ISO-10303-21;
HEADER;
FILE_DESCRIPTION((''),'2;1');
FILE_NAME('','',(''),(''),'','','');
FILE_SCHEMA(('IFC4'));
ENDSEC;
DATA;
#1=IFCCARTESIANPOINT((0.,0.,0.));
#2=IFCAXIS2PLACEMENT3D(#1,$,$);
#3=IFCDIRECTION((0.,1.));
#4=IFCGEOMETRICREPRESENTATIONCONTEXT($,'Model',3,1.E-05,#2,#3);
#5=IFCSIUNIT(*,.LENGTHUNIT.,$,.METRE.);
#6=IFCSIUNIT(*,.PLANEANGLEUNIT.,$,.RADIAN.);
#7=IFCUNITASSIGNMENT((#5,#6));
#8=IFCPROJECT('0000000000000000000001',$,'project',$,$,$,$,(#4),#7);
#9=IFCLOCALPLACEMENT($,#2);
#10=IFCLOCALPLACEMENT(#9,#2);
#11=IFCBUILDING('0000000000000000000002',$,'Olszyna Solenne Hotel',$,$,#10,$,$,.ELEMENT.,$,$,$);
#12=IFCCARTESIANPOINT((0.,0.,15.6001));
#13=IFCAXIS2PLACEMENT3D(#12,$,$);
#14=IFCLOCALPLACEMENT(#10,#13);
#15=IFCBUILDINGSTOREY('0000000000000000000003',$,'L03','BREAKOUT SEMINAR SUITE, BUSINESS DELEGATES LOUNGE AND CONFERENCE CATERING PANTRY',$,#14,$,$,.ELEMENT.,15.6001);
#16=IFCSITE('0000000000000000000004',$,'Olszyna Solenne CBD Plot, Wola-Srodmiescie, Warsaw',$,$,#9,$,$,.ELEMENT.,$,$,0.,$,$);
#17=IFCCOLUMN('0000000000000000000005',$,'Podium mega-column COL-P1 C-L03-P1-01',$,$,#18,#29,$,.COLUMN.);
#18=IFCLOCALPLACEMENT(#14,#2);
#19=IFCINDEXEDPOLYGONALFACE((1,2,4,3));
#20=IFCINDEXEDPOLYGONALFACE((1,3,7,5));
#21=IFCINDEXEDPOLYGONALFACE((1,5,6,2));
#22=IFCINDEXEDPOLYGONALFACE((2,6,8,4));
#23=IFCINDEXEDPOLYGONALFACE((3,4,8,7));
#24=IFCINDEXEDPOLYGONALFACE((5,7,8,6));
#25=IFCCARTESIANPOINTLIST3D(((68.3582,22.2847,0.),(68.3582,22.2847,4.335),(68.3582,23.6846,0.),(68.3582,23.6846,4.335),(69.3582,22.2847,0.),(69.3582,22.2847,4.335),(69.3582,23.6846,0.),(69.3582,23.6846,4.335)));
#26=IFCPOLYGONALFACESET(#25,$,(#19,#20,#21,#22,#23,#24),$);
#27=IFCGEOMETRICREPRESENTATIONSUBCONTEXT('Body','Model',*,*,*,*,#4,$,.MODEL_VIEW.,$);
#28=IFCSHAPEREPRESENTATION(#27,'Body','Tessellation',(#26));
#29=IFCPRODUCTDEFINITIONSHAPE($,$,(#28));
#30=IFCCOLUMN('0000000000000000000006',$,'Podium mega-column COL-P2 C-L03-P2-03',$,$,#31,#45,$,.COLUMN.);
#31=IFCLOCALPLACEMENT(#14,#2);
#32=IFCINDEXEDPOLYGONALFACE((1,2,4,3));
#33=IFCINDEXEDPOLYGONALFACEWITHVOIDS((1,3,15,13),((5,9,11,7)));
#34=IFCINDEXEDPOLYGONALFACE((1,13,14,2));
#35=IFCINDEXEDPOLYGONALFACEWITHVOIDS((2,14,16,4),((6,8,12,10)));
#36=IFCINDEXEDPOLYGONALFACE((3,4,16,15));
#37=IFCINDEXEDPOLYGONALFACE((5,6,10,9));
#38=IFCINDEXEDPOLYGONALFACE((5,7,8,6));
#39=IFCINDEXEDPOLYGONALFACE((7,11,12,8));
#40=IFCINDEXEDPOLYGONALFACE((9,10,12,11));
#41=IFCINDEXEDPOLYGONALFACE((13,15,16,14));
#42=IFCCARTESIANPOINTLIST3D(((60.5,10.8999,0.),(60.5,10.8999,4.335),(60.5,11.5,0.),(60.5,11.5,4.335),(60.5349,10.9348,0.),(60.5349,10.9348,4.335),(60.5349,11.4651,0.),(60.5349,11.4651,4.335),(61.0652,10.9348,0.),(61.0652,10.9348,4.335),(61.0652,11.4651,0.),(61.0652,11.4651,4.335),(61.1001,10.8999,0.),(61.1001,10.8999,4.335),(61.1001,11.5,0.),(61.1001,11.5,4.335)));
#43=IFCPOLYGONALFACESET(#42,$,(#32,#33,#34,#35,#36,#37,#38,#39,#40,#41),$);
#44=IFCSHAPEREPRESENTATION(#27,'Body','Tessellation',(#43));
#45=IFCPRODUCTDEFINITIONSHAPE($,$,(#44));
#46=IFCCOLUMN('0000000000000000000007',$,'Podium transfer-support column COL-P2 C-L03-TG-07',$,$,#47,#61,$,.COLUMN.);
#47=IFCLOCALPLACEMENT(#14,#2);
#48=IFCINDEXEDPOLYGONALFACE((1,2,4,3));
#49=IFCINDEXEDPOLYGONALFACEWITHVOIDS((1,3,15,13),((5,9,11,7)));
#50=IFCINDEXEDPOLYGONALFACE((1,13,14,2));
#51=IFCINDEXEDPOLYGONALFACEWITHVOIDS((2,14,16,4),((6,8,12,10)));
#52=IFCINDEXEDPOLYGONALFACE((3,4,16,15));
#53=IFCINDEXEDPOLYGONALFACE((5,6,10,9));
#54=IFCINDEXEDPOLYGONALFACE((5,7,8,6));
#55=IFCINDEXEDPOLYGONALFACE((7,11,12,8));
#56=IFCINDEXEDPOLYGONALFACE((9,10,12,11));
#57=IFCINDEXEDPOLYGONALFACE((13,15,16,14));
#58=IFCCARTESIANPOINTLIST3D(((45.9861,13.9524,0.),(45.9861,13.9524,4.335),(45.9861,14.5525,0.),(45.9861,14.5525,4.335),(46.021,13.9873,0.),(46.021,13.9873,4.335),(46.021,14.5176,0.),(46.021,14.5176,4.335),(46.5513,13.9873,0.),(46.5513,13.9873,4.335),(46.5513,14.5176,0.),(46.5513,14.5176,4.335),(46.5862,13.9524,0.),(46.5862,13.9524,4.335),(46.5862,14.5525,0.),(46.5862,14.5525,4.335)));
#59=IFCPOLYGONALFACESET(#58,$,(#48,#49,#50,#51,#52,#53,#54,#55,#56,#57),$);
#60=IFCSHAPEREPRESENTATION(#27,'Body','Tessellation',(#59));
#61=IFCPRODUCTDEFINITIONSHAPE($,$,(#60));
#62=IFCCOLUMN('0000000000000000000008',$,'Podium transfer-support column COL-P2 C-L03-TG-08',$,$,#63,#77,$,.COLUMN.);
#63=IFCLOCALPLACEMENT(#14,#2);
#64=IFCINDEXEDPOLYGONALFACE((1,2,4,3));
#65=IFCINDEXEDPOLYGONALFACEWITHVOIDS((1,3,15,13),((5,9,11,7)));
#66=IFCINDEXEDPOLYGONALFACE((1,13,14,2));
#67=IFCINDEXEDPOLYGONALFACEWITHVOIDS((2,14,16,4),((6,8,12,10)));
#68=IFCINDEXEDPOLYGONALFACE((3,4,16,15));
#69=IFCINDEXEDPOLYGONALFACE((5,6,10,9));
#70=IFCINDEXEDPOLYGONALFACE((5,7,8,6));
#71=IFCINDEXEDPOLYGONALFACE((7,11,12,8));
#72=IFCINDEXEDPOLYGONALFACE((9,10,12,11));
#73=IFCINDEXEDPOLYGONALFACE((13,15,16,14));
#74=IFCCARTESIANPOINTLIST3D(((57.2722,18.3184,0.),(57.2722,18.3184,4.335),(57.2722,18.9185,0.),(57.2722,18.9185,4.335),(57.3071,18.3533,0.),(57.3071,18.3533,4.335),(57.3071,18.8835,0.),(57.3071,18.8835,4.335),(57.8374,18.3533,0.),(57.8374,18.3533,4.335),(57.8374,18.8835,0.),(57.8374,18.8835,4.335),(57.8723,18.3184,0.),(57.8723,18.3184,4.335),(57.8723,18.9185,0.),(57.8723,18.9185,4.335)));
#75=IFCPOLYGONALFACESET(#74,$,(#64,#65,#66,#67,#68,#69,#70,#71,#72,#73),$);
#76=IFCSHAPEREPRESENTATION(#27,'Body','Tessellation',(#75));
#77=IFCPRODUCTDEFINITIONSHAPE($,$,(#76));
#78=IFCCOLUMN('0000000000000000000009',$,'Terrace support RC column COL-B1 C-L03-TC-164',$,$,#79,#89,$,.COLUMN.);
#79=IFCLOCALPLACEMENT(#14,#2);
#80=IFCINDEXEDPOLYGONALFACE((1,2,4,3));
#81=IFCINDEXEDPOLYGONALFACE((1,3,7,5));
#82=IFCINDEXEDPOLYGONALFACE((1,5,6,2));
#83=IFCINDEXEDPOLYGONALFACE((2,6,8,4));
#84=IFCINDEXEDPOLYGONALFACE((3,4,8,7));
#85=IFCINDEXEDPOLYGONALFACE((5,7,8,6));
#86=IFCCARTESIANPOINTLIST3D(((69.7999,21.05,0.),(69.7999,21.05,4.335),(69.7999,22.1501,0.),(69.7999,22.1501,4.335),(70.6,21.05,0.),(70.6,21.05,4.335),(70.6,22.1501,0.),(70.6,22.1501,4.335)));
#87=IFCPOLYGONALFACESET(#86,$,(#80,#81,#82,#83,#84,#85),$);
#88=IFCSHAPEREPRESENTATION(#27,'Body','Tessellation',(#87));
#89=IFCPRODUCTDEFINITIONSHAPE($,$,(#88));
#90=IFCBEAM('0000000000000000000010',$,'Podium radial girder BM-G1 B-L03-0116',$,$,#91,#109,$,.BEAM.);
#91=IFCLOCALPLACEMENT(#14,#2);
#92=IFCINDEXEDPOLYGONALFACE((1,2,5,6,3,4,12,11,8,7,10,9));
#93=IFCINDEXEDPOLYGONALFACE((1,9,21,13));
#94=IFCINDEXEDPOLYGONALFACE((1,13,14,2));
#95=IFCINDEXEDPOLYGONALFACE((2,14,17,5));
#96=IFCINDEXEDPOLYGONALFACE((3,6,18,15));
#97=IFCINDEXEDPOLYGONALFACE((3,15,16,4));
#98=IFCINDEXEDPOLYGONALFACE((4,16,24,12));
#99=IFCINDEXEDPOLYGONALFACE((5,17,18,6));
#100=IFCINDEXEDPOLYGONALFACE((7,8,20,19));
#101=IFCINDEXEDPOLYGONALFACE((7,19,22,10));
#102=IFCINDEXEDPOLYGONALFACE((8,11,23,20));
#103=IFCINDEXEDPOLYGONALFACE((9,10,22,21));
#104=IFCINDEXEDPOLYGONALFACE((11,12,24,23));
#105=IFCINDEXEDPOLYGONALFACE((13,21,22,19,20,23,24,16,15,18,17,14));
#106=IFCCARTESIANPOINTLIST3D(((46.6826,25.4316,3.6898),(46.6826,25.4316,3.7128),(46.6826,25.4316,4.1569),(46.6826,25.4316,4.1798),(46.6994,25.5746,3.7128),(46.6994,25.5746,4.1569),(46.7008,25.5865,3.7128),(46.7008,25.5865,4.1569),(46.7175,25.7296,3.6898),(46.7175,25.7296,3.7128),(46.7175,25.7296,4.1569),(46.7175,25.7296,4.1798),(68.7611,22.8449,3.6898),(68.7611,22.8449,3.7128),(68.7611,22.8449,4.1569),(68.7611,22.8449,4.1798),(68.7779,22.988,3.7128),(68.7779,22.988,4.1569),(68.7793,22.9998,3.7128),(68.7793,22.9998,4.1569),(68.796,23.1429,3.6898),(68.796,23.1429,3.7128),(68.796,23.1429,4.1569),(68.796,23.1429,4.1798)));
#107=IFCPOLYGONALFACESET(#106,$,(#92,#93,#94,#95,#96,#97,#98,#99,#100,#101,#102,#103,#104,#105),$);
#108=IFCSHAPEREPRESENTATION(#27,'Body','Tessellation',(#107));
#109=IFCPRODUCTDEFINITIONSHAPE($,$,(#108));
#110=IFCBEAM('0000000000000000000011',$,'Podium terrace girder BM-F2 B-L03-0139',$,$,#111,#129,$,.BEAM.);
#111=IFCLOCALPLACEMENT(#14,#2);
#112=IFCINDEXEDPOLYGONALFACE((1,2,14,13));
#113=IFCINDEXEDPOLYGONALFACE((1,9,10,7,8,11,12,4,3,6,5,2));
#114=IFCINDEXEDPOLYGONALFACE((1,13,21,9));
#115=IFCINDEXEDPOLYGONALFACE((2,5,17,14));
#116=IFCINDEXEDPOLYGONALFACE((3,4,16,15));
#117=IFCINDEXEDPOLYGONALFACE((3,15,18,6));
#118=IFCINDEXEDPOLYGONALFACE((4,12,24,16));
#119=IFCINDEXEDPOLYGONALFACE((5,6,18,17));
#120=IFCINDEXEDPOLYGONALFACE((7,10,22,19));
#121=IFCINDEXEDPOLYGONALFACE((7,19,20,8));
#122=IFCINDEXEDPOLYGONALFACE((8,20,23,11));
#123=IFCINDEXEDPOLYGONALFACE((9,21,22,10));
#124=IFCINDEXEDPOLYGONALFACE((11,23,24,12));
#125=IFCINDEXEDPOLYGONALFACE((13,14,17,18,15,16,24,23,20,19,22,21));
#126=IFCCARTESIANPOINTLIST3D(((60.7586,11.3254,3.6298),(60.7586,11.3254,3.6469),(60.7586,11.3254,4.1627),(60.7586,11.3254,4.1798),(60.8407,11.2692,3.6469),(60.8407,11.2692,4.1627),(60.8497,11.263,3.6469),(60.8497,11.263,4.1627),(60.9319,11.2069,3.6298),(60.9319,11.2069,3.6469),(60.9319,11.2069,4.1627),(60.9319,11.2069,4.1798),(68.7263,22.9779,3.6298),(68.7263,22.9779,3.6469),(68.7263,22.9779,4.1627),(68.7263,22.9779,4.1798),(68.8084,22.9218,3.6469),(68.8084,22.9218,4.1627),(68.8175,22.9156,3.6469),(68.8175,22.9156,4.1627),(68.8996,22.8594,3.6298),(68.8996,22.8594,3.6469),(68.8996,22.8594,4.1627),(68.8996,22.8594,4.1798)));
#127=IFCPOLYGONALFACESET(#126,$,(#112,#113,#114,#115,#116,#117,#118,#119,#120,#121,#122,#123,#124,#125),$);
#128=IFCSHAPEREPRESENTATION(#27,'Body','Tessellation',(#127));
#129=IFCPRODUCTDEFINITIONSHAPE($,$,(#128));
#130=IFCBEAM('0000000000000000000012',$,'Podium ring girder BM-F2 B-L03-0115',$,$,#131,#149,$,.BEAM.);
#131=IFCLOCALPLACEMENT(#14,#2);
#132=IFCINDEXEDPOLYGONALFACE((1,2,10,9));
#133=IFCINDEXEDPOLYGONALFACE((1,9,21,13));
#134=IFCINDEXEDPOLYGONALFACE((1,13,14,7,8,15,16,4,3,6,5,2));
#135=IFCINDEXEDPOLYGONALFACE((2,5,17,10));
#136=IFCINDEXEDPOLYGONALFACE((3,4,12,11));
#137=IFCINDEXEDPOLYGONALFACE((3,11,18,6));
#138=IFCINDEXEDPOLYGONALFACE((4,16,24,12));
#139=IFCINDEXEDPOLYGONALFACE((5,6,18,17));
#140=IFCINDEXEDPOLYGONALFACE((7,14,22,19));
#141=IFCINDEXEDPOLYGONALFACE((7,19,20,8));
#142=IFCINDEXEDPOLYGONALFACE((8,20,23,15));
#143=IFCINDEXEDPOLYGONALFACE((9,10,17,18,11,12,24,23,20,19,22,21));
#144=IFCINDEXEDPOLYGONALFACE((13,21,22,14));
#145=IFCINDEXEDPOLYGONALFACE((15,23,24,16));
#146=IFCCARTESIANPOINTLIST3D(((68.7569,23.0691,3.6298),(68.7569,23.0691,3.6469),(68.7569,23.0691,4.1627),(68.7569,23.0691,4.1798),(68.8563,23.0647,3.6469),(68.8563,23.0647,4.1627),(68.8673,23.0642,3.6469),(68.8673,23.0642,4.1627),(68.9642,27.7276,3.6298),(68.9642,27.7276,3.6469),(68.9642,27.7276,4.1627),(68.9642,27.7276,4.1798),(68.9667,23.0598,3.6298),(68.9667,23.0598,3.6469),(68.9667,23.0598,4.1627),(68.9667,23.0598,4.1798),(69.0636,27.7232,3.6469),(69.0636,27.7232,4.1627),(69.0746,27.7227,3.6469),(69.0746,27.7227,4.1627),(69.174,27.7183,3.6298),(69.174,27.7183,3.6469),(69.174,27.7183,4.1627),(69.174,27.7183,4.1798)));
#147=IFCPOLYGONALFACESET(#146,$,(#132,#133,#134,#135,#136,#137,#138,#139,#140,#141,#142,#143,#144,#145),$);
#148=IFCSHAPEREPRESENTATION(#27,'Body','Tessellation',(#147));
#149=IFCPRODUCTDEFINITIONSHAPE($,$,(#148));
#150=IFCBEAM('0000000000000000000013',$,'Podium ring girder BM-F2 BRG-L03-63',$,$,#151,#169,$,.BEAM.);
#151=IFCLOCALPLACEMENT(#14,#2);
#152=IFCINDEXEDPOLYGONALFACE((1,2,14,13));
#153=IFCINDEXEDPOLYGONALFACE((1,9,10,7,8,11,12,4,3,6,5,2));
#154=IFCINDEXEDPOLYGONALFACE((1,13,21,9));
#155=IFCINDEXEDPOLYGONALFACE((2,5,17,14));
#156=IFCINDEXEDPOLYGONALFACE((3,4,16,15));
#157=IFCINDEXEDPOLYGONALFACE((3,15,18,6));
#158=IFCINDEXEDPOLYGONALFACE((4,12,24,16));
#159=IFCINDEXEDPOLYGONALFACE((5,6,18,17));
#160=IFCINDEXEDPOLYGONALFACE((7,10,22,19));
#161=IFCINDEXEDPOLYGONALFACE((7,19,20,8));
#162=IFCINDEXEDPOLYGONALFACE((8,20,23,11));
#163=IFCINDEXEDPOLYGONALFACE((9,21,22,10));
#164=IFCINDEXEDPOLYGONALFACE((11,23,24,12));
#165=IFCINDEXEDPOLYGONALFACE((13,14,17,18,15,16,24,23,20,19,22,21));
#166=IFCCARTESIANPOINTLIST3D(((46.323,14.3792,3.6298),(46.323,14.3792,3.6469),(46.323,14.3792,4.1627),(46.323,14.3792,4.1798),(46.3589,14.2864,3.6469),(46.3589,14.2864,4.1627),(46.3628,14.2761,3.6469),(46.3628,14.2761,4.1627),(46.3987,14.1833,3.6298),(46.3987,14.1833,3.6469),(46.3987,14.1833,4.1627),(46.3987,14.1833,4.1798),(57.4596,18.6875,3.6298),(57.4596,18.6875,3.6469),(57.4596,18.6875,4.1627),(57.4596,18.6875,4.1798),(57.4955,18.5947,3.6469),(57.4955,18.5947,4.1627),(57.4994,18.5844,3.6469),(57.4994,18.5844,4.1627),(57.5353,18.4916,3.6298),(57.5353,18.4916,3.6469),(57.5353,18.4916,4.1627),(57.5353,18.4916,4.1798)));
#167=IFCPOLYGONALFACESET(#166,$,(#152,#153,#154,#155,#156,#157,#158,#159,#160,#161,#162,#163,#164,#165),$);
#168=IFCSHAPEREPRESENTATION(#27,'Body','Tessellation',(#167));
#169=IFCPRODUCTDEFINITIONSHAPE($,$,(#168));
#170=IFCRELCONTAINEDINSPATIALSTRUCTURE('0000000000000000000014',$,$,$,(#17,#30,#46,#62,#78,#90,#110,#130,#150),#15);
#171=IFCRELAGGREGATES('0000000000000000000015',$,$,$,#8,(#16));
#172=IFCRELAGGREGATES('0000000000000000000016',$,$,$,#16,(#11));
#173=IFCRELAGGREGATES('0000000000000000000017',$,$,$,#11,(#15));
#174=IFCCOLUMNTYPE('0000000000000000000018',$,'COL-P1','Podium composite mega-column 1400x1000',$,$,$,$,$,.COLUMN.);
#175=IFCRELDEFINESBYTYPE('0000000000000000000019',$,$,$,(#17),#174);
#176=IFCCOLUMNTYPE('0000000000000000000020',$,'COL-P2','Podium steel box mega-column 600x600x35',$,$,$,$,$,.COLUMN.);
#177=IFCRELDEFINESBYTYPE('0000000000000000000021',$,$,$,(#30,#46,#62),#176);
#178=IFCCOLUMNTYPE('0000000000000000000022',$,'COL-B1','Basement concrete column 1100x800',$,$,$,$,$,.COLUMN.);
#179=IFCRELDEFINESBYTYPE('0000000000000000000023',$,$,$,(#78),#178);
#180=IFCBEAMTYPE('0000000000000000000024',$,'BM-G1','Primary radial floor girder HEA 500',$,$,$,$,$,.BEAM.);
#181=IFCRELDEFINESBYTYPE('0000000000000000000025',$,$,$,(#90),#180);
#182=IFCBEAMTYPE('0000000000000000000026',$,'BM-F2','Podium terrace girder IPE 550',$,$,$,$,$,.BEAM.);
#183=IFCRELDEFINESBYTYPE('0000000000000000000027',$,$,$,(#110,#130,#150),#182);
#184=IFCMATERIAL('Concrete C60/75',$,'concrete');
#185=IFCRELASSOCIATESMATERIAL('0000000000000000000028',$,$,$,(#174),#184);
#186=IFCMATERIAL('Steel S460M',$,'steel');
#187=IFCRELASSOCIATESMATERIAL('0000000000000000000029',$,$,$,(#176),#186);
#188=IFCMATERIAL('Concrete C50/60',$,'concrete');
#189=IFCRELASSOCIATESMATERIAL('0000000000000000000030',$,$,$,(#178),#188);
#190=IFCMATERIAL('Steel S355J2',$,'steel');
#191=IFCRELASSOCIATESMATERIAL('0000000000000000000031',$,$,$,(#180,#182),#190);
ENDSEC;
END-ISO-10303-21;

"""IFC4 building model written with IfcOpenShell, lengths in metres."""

from ifc_helpers import new_model, si_unit, direction, frame, origin, origin_2d, place, context, subcontext, project, spatial, rectangle, hollow_rectangle, i_section, extrude, source, transform, mapped, material, material_profile, profile_set, type_object, element, save


model = new_model("IFC4")

# Units and contexts
model_context = context("Model", 3, precision=1e-05, world=origin(), true_north=direction((0.0, 1.0)))
body_context = subcontext(model_context, "Body", "Model", "MODEL_VIEW")
ifc_project = project(units=[si_unit("LENGTHUNIT", "METRE"), si_unit("PLANEANGLEUNIT", "RADIAN")], contexts=[model_context])

# Site, building, storey
site_placement = place(None, origin())
site = spatial("IfcSite", under=ifc_project, at=site_placement, Name="Olszyna Solenne CBD Plot, Wola-Srodmiescie, Warsaw", CompositionType="ELEMENT", RefElevation=0.0)
building_placement = place(site_placement, origin())
building = spatial("IfcBuilding", under=site, at=building_placement, Name="Olszyna Solenne Hotel", CompositionType="ELEMENT")
storey_placement = place(building_placement, frame((0.0, 0.0, 15.6001)))
storey = spatial("IfcBuildingStorey", under=building, at=storey_placement, Name="L03", Description="BREAKOUT SEMINAR SUITE, BUSINESS DELEGATES LOUNGE AND CONFERENCE CATERING PANTRY", CompositionType="ELEMENT", Elevation=15.6001)

# Columns
ifc_material_1 = material(Name="Concrete C60/75", Category="concrete")
ifc_material_profile_1 = material_profile(ifc_material_1, rectangle(XDim=1.0, YDim=1.3999, at=origin_2d()), Name="RC 1400x1000", Category="load-bearing")
ifc_profile_set_1 = profile_set([ifc_material_profile_1], Name="Concrete C60/75")
column_type_1 = type_object("IfcColumnType", Name="COL-P1", Description="Podium composite mega-column 1400x1000", PredefinedType="COLUMN", material=ifc_profile_set_1)
shared_shape_1 = source(origin(), body_context, "Body", "SweptSolid", [
    extrude(rectangle(XDim=1.0, YDim=1.3999, at=origin_2d()), origin(), (0.0, 0.0, 1.0), 4.335),
])
column_1_placement = place(storey_placement, frame((68.8582, 22.9846, 0.0), z_axis=(0.0, 0.0, 1.0), x_axis=(1.0, 0.0, 0.0)))
element("IfcColumn", 1, at=column_1_placement, inside=storey, type_object=column_type_1, Name="Podium mega-column COL-P1 C-L03-P1-01", PredefinedType="COLUMN", context=body_context, shape_type="MappedRepresentation", body=[
    mapped(shared_shape_1, transform((0.0, 0.0, 0.0), x_axis=(1.0, 0.0, 0.0), y_axis=(0.0, 1.0, 0.0), z_axis=(0.0, 0.0, 1.0), scale=1.0)),
])
ifc_material_2 = material(Name="Steel S460M", Category="steel")
ifc_material_profile_2 = material_profile(ifc_material_2, hollow_rectangle(XDim=0.6001, YDim=0.6001, WallThickness=0.0349, at=origin_2d()), Name="SHS 600x600x35", Category="load-bearing")
ifc_profile_set_2 = profile_set([ifc_material_profile_2], Name="Steel S460M")
column_type_2 = type_object("IfcColumnType", Name="COL-P2", Description="Podium steel box mega-column 600x600x35", PredefinedType="COLUMN", material=ifc_profile_set_2)
shared_shape_2 = source(origin(), body_context, "Body", "SweptSolid", [
    extrude(hollow_rectangle(XDim=0.6001, YDim=0.6001, WallThickness=0.0349, at=origin_2d()), origin(), (0.0, 0.0, 1.0), 4.335),
])
for number, where, z_axis, x_axis, name in (
    (2, (60.8, 11.2, 0.0), (0.0, 0.0, 1.0), (1.0, 0.0, 0.0), "Podium mega-column COL-P2 C-L03-P2-03"),
    (3, (46.2861, 14.2524, 0.0), (0.0, 0.0, 1.0), (1.0, 0.0, 0.0), "Podium transfer-support column COL-P2 C-L03-TG-07"),
    (4, (57.5723, 18.6184, 0.0), (0.0, 0.0, 1.0), (1.0, 0.0, 0.0), "Podium transfer-support column COL-P2 C-L03-TG-08"),
):
    element("IfcColumn", number, at=place(storey_placement, frame(where, z_axis=z_axis, x_axis=x_axis)), inside=storey, type_object=column_type_2, Name=name, PredefinedType="COLUMN", context=body_context, shape_type="MappedRepresentation", body=[
        mapped(shared_shape_2, transform((0.0, 0.0, 0.0), x_axis=(1.0, 0.0, 0.0), y_axis=(0.0, 1.0, 0.0), z_axis=(0.0, 0.0, 1.0), scale=1.0)),
    ])
ifc_material_3 = material(Name="Concrete C50/60", Category="concrete")
ifc_material_profile_3 = material_profile(ifc_material_3, rectangle(XDim=0.8, YDim=1.1001, at=origin_2d()), Name="RC 1100x800", Category="load-bearing")
ifc_profile_set_3 = profile_set([ifc_material_profile_3], Name="Concrete C50/60")
column_type_3 = type_object("IfcColumnType", Name="COL-B1", Description="Basement concrete column 1100x800", PredefinedType="COLUMN", material=ifc_profile_set_3)
shared_shape_3 = source(origin(), body_context, "Body", "SweptSolid", [
    extrude(rectangle(XDim=0.8, YDim=1.1001, at=origin_2d()), origin(), (0.0, 0.0, 1.0), 4.335),
])
column_2_placement = place(storey_placement, frame((70.2, 21.6001, 0.0), z_axis=(0.0, 0.0, 1.0), x_axis=(1.0, 0.0, 0.0)))
element("IfcColumn", 5, at=column_2_placement, inside=storey, type_object=column_type_3, Name="Terrace support RC column COL-B1 C-L03-TC-164", PredefinedType="COLUMN", context=body_context, shape_type="MappedRepresentation", body=[
    mapped(shared_shape_3, transform((0.0, 0.0, 0.0), x_axis=(1.0, 0.0, 0.0), y_axis=(0.0, 1.0, 0.0), z_axis=(0.0, 0.0, 1.0), scale=1.0)),
])

# Beams
ifc_material_4 = material(Name="Steel S355J2", Category="steel")
ifc_material_profile_4 = material_profile(ifc_material_4, i_section(OverallWidth=0.3, OverallDepth=0.49, WebThickness=0.012, FlangeThickness=0.0229, at=origin_2d()), Name="HEA 500", Category="load-bearing")
ifc_profile_set_4 = profile_set([ifc_material_profile_4], Name="Steel S355J2")
beam_type_1 = type_object("IfcBeamType", Name="BM-G1", Description="Primary radial floor girder HEA 500", PredefinedType="BEAM", material=ifc_profile_set_4)
shared_shape_4 = source(origin(), body_context, "Body", "SweptSolid", [
    extrude(i_section(OverallWidth=0.3, OverallDepth=0.49, WebThickness=0.012, FlangeThickness=0.0229, at=origin_2d()), origin(), (0.0, 0.0, 1.0), 22.2295),
])
beam_1_placement = place(storey_placement, frame((68.7786, 22.9939, 3.9348), z_axis=(-0.993207, 0.116363, 0.0), x_axis=(-0.116363, -0.993207, 0.0)))
element("IfcBeam", 6, at=beam_1_placement, inside=storey, type_object=beam_type_1, Name="Podium radial girder BM-G1 B-L03-0116", PredefinedType="BEAM", context=body_context, shape_type="MappedRepresentation", body=[
    mapped(shared_shape_4, transform((0.0, 0.0, 0.0), x_axis=(1.0, 0.0, 0.0), y_axis=(0.0, 1.0, 0.0), z_axis=(0.0, 0.0, 1.0), scale=1.0)),
])
ifc_material_profile_5 = material_profile(ifc_material_4, i_section(OverallWidth=0.21, OverallDepth=0.55, WebThickness=0.011, FlangeThickness=0.0171, at=origin_2d()), Name="IPE 550", Category="load-bearing")
ifc_profile_set_5 = profile_set([ifc_material_profile_5], Name="Steel S355J2")
beam_type_2 = type_object("IfcBeamType", Name="BM-F2", Description="Podium terrace girder IPE 550", PredefinedType="BEAM", material=ifc_profile_set_5)
shared_shape_5 = source(origin(), body_context, "Body", "SweptSolid", [
    extrude(i_section(OverallWidth=0.21, OverallDepth=0.55, WebThickness=0.011, FlangeThickness=0.0171, at=origin_2d()), origin(), (0.0, 0.0, 1.0), 14.1162),
])
beam_2_placement = place(storey_placement, frame((60.8452, 11.2661, 3.9048), z_axis=(0.56444, 0.825474, 0.0), x_axis=(-0.825474, 0.56444, 0.0)))
element("IfcBeam", 7, at=beam_2_placement, inside=storey, type_object=beam_type_2, Name="Podium terrace girder BM-F2 B-L03-0139", PredefinedType="BEAM", context=body_context, shape_type="MappedRepresentation", body=[
    mapped(shared_shape_5, transform((0.0, 0.0, 0.0), x_axis=(1.0, 0.0, 0.0), y_axis=(0.0, 1.0, 0.0), z_axis=(0.0, 0.0, 1.0), scale=1.0)),
])
shared_shape_6 = source(origin(), body_context, "Body", "SweptSolid", [
    extrude(i_section(OverallWidth=0.21, OverallDepth=0.55, WebThickness=0.011, FlangeThickness=0.0171, at=origin_2d()), origin(), (0.0, 0.0, 1.0), 4.6631),
])
beam_3_placement = place(storey_placement, frame((68.8618, 23.0645, 3.9048), z_axis=(0.044451, 0.999012, 0.0), x_axis=(-0.999012, 0.044451, 0.0)))
element("IfcBeam", 8, at=beam_3_placement, inside=storey, type_object=beam_type_2, Name="Podium ring girder BM-F2 B-L03-0115", PredefinedType="BEAM", context=body_context, shape_type="MappedRepresentation", body=[
    mapped(shared_shape_6, transform((0.0, 0.0, 0.0), x_axis=(1.0, 0.0, 0.0), y_axis=(0.0, 1.0, 0.0), z_axis=(0.0, 0.0, 1.0), scale=1.0)),
])
shared_shape_7 = source(origin(), body_context, "Body", "SweptSolid", [
    extrude(i_section(OverallWidth=0.21, OverallDepth=0.55, WebThickness=0.011, FlangeThickness=0.0171, at=origin_2d()), origin(), (0.0, 0.0, 1.0), 11.9409),
])
for number, where, z_axis, x_axis, name in (
    (9, (46.3608, 14.2812, 3.9048), (0.932642, 0.360802, 0.0), (-0.360802, 0.932642, 0.0), "Podium ring girder BM-F2 BRG-L03-63"),
):
    element("IfcBeam", number, at=place(storey_placement, frame(where, z_axis=z_axis, x_axis=x_axis)), inside=storey, type_object=beam_type_2, Name=name, PredefinedType="BEAM", context=body_context, shape_type="MappedRepresentation", body=[
        mapped(shared_shape_7, transform((0.0, 0.0, 0.0), x_axis=(1.0, 0.0, 0.0), y_axis=(0.0, 1.0, 0.0), z_axis=(0.0, 0.0, 1.0), scale=1.0)),
    ])

save(model, "model.ifc")
